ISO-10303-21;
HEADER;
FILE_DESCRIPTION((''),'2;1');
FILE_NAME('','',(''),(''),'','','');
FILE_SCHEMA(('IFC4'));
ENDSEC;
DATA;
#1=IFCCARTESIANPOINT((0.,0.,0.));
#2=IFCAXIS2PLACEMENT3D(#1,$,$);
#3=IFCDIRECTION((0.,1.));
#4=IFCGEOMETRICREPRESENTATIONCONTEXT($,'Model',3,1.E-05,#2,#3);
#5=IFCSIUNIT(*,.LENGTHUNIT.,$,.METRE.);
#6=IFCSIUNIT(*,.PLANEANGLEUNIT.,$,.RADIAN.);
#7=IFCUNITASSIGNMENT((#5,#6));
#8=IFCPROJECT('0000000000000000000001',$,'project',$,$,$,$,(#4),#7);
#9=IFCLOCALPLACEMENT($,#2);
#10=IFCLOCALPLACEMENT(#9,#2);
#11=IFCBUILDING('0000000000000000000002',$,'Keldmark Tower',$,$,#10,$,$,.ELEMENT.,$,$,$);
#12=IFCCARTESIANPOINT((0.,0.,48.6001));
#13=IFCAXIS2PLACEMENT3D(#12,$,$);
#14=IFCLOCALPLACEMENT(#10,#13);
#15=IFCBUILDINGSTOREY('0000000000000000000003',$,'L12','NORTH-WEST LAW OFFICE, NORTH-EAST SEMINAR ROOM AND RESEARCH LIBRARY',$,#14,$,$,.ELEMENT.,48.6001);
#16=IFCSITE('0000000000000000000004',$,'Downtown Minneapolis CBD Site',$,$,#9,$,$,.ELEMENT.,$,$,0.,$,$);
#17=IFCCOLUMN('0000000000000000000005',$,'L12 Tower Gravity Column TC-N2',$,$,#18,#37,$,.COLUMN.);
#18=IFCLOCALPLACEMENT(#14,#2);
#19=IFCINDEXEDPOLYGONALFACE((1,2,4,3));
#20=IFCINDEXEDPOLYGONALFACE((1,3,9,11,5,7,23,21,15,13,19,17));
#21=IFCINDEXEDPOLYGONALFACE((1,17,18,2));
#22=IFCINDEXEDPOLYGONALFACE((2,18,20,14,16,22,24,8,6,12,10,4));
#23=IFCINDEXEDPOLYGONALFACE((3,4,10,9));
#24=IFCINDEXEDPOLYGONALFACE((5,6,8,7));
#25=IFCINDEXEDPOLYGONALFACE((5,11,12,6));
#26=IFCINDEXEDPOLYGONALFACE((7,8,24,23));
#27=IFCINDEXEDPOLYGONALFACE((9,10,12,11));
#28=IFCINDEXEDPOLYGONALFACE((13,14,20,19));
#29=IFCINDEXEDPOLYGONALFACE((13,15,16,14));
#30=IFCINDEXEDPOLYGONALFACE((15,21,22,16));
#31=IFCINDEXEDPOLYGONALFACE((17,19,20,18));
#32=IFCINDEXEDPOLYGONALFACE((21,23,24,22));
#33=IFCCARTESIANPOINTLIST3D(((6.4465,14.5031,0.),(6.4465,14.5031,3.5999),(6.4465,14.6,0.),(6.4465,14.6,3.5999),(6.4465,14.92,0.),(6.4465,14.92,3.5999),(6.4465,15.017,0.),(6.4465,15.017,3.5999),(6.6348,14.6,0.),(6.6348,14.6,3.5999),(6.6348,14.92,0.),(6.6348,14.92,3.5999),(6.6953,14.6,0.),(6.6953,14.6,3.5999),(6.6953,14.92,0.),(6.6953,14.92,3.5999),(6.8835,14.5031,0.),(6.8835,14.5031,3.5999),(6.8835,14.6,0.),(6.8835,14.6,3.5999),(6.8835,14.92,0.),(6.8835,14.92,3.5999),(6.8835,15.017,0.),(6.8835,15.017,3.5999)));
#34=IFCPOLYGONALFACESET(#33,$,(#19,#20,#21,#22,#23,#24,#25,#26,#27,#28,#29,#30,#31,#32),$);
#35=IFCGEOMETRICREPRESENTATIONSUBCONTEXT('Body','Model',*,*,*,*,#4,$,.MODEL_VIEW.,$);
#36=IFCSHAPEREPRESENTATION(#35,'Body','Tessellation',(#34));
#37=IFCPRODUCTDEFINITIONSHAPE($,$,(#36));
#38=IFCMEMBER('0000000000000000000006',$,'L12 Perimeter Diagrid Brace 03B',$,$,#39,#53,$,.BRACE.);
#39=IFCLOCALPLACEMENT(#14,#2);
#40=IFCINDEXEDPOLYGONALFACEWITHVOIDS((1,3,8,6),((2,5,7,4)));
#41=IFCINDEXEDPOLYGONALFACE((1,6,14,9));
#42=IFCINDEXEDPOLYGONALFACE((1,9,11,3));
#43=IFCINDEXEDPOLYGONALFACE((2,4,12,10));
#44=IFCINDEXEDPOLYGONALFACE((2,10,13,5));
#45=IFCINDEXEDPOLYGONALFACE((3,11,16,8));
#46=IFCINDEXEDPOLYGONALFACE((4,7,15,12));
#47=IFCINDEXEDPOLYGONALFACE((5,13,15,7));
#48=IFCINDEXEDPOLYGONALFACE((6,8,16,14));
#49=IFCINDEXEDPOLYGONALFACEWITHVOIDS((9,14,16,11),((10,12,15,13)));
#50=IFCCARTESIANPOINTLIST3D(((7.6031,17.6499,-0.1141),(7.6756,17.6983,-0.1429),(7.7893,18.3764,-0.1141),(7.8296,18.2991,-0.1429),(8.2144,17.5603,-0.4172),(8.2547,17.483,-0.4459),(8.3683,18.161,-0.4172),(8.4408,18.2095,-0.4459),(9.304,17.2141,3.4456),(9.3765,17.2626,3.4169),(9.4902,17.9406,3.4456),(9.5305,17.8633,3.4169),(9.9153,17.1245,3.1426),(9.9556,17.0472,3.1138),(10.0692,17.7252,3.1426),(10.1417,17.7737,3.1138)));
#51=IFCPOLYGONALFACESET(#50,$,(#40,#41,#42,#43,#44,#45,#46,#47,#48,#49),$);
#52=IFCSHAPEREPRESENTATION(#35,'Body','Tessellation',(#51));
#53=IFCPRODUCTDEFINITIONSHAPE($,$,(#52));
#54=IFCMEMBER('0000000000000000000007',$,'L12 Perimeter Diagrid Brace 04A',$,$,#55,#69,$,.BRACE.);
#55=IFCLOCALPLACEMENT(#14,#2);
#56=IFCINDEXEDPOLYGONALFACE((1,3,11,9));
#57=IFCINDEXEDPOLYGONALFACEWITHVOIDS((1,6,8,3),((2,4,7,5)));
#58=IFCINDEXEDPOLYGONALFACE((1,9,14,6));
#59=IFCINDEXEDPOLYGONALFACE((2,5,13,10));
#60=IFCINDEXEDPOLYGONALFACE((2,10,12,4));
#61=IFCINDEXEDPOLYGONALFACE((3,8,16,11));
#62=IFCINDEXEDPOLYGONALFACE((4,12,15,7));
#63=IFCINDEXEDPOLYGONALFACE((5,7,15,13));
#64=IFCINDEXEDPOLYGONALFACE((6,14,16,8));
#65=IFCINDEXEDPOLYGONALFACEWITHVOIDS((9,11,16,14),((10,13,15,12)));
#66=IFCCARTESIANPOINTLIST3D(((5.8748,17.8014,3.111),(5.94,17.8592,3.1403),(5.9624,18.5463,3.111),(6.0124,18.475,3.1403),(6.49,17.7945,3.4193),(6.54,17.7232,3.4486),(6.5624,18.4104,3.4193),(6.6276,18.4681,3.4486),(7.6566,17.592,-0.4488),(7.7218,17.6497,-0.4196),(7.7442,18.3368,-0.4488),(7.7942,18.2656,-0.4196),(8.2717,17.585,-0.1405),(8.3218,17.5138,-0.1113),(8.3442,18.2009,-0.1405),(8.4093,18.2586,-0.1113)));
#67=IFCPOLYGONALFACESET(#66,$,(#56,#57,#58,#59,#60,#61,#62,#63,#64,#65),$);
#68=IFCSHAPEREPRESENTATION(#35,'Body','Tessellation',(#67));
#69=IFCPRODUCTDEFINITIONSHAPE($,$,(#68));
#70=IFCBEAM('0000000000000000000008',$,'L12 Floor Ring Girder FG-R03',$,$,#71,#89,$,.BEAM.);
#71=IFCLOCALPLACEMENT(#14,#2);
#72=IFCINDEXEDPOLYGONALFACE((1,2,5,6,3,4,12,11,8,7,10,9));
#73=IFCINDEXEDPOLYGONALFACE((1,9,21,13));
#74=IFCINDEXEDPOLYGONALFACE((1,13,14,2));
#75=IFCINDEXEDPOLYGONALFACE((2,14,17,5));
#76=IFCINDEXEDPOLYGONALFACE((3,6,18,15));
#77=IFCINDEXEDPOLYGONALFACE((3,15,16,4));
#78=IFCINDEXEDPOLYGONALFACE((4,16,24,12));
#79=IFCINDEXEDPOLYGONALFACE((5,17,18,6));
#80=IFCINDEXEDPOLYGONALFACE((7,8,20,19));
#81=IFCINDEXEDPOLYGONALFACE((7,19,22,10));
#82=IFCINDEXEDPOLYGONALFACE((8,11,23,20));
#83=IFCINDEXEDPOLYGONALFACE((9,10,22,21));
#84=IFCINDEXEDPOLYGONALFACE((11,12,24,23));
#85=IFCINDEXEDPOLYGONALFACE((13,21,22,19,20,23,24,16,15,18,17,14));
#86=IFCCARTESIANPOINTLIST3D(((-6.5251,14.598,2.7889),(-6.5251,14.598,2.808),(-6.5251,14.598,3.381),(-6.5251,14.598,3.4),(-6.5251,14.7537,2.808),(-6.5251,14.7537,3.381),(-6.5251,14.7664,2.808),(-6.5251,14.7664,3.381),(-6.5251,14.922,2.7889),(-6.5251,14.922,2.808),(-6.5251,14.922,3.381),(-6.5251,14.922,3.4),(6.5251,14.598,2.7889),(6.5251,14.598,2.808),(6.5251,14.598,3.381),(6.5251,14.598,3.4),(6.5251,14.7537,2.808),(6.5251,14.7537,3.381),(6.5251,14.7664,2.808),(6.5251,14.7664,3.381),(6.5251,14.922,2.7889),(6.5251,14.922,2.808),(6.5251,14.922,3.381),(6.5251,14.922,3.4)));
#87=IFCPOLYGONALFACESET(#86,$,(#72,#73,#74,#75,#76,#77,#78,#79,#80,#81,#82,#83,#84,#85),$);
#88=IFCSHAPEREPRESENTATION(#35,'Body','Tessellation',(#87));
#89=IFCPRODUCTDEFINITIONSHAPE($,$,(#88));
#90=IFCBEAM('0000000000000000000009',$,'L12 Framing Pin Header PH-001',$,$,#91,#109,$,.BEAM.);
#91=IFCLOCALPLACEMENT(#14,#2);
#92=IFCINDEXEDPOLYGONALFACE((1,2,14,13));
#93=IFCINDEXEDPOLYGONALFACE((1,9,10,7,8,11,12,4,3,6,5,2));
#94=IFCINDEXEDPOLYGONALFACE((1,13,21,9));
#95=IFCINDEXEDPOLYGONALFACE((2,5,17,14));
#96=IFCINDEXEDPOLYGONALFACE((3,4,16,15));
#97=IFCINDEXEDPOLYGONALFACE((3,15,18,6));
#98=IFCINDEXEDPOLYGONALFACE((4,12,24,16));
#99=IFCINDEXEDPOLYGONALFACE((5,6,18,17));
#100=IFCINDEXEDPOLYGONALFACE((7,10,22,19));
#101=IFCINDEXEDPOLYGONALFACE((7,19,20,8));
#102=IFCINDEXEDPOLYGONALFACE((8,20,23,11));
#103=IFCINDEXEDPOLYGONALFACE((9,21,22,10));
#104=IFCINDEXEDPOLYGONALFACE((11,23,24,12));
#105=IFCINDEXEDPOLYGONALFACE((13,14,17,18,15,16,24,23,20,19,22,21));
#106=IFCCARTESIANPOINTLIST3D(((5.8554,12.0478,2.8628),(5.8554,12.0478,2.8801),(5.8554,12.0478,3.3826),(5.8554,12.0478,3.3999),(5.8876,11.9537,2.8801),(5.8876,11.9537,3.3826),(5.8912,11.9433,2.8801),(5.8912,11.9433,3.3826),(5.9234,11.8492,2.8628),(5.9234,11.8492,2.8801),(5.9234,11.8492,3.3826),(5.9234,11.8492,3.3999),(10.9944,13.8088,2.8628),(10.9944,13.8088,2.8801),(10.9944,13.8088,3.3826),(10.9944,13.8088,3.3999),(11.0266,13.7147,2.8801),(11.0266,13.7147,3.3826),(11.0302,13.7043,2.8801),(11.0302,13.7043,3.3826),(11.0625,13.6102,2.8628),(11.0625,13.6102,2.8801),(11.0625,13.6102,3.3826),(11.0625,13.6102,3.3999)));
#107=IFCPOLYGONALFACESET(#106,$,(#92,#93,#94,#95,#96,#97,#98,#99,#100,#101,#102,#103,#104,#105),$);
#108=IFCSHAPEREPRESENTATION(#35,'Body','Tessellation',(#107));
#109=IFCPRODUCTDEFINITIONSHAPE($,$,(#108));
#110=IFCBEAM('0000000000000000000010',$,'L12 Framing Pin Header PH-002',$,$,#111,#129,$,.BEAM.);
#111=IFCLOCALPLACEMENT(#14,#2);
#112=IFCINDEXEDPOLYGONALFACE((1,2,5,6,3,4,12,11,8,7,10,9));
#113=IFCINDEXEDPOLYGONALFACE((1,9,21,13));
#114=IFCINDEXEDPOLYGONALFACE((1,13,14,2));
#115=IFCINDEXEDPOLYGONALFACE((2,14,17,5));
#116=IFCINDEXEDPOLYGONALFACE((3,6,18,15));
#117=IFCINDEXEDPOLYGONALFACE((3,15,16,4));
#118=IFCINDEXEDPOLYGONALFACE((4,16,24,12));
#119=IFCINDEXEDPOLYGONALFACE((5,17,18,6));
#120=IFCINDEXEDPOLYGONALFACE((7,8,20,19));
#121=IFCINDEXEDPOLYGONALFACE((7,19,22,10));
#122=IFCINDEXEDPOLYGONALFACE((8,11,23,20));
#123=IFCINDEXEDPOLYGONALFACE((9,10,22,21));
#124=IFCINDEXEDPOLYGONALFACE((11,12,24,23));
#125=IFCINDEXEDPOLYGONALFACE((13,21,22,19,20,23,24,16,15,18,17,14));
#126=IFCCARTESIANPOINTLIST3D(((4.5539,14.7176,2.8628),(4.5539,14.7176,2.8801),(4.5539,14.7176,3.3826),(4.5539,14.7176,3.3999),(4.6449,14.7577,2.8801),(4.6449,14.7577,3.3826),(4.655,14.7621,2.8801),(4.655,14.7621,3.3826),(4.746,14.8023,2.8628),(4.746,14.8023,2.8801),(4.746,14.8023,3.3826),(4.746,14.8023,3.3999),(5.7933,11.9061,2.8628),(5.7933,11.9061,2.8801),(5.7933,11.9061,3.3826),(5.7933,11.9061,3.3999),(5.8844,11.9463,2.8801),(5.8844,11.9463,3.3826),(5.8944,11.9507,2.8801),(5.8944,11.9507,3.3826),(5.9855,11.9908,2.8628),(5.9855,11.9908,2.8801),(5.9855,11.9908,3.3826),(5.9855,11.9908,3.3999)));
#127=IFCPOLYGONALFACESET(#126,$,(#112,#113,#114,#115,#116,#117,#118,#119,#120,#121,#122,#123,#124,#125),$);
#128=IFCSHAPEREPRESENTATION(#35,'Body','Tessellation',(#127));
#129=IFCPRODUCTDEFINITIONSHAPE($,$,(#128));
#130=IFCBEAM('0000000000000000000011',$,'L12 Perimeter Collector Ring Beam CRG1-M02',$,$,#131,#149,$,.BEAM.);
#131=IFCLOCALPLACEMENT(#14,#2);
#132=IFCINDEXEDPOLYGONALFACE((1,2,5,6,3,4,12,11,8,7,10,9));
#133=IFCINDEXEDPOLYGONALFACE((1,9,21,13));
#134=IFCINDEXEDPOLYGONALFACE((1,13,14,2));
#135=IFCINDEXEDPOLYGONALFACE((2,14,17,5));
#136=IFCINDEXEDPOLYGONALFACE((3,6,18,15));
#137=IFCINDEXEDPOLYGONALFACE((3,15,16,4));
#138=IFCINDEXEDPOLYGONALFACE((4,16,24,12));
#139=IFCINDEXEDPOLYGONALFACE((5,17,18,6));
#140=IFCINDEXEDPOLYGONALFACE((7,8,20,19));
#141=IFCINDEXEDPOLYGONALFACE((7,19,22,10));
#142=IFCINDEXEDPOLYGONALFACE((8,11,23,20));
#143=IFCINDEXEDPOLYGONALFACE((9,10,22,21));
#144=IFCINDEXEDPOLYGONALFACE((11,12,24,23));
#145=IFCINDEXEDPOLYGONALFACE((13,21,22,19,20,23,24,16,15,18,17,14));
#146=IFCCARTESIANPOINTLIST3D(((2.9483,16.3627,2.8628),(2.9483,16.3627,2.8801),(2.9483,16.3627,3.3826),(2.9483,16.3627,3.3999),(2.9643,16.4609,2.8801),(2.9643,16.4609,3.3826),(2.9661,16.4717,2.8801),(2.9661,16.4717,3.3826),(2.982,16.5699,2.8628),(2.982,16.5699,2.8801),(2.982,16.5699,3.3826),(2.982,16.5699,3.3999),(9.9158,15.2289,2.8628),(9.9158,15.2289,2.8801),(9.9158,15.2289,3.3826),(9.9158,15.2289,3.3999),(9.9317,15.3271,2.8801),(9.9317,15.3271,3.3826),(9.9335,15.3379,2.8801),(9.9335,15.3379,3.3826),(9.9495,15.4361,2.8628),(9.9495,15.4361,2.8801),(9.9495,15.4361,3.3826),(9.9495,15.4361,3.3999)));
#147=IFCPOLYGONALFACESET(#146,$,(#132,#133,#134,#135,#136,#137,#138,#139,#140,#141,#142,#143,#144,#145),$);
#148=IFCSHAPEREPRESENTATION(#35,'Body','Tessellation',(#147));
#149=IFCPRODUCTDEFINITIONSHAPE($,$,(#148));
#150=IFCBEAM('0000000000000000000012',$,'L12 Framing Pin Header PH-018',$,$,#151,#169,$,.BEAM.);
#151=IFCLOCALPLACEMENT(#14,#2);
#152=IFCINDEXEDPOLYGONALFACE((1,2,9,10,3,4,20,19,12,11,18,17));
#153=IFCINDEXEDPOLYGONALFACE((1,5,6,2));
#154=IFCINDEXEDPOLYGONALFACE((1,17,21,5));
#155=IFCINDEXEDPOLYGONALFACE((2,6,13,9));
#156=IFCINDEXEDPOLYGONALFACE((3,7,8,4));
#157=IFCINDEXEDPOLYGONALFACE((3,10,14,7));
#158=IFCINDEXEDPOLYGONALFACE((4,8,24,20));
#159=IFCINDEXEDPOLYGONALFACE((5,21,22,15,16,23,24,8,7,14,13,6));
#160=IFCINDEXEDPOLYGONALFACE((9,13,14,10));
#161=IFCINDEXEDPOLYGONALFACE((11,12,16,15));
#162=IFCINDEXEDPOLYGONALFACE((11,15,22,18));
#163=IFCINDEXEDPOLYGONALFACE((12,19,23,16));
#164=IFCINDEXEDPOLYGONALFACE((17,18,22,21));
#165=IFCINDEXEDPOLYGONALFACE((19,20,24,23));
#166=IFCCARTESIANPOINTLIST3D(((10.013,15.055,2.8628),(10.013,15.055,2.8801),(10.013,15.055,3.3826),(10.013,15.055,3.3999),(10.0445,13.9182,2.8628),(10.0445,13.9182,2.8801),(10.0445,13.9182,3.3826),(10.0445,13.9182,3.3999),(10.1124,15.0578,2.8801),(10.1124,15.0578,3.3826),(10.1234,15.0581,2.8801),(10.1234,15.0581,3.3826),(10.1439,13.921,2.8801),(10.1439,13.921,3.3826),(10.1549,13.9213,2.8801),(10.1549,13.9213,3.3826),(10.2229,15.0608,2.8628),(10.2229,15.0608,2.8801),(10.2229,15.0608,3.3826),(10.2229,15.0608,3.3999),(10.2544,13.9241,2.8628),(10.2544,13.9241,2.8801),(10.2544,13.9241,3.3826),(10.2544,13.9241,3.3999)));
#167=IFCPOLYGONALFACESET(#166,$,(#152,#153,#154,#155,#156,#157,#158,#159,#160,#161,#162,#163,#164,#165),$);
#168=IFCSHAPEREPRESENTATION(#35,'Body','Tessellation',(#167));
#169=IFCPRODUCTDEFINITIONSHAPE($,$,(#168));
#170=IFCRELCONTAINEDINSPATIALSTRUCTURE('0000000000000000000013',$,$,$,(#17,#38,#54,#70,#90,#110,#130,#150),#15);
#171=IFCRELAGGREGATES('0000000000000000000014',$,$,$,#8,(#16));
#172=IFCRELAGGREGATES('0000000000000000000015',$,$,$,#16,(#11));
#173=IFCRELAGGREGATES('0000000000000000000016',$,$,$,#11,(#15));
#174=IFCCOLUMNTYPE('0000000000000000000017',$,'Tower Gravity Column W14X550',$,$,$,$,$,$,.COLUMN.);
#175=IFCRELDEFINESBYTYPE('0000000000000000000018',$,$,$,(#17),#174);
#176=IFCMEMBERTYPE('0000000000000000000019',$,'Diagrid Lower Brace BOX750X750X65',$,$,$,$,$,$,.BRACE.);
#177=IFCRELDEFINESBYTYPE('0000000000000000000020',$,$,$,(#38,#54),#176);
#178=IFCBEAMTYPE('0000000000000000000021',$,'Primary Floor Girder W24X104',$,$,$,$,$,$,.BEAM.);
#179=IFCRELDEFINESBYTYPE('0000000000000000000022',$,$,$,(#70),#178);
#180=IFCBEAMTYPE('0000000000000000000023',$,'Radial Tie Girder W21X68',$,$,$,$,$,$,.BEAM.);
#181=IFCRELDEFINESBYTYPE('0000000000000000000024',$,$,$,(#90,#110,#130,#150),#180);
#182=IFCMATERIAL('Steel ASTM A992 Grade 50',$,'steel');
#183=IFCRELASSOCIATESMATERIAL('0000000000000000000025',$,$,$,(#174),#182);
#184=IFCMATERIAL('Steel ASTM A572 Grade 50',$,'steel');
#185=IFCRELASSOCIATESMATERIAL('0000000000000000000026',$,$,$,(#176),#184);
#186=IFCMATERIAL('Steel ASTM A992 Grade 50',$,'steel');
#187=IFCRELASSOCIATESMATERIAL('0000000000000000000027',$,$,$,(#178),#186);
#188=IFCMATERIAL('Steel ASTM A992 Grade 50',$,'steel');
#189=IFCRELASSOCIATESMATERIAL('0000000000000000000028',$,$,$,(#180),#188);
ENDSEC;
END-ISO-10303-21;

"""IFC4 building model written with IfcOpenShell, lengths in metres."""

from ifc_helpers import new_model, si_unit, direction, frame, origin, origin_2d, place, context, subcontext, project, spatial, hollow_rectangle, i_section, extrude, material, material_profile, profile_set, type_object, element, save


model = new_model("IFC4")

# Units and contexts
model_context = context("Model", 3, precision=1e-05, world=origin(), true_north=direction((0.0, 1.0)))
body_context = subcontext(model_context, "Body", "Model", "MODEL_VIEW")
ifc_project = project(units=[si_unit("LENGTHUNIT", "METRE"), si_unit("PLANEANGLEUNIT", "RADIAN")], contexts=[model_context])

# Site, building, storey
site_placement = place(None, origin())
site = spatial("IfcSite", under=ifc_project, at=site_placement, Name="Downtown Minneapolis CBD Site", CompositionType="ELEMENT", RefElevation=0.0)
building_placement = place(site_placement, origin())
building = spatial("IfcBuilding", under=site, at=building_placement, Name="Keldmark Tower", CompositionType="ELEMENT")
storey_placement = place(building_placement, frame((0.0, 0.0, 48.6001)))
storey = spatial("IfcBuildingStorey", under=building, at=storey_placement, Name="L12", Description="NORTH-WEST LAW OFFICE, NORTH-EAST SEMINAR ROOM AND RESEARCH LIBRARY", CompositionType="ELEMENT", Elevation=48.6001)

# Column
ifc_material_1 = material(Name="Steel ASTM A992 Grade 50", Category="steel")
ifc_material_profile_1 = material_profile(ifc_material_1, i_section(OverallWidth=0.437, OverallDepth=0.5139, WebThickness=0.0605, FlangeThickness=0.0969, at=origin_2d()), Name="W14X550")
ifc_profile_set_1 = profile_set([ifc_material_profile_1], Name="Steel ASTM A992 Grade 50")
column_type = type_object("IfcColumnType", Name="Tower Gravity Column W14X550", PredefinedType="COLUMN", material=ifc_profile_set_1)
column_placement = place(storey_placement, frame((6.665, 14.76, 0.0), z_axis=(0.0, 0.0, 1.0), x_axis=(1.0, 0.0, 0.0)))
element("IfcColumn", 1, at=column_placement, inside=storey, type_object=column_type, Name="L12 Tower Gravity Column TC-N2", PredefinedType="COLUMN", context=body_context, shape_type="SweptSolid", body=[
    extrude(i_section(OverallWidth=0.437, OverallDepth=0.5139, WebThickness=0.0605, FlangeThickness=0.0969, at=origin_2d()), origin(), (0.0, 0.0, 1.0), 3.5999),
])

# Members
ifc_material_2 = material(Name="Steel ASTM A572 Grade 50", Category="steel")
ifc_material_profile_2 = material_profile(ifc_material_2, hollow_rectangle(XDim=0.75, YDim=0.75, WallThickness=0.0649, at=origin_2d()), Name="BOX750X750X65")
ifc_profile_set_2 = profile_set([ifc_material_profile_2], Name="Steel ASTM A572 Grade 50")
member_type = type_object("IfcMemberType", Name="Diagrid Lower Brace BOX750X750X65", PredefinedType="BRACE", material=ifc_profile_set_2)
member_1_placement = place(storey_placement, frame((8.022, 17.9297, -0.28), z_axis=(0.428521, -0.10979, 0.896837), x_axis=(0.248191, 0.968711, 0.0)))
element("IfcMember", 2, at=member_1_placement, inside=storey, type_object=member_type, Name="L12 Perimeter Diagrid Brace 03B", PredefinedType="BRACE", context=body_context, shape_type="SweptSolid", body=[
    extrude(hollow_rectangle(XDim=0.75, YDim=0.75, WallThickness=0.0649, at=origin_2d()), origin(), (0.0, 0.0, 1.0), 3.9692),
])
member_2_placement = place(storey_placement, frame((8.033, 17.9253, -0.28), z_axis=(-0.446963, 0.052548, 0.893008), x_axis=(-0.116762, -0.99316, 0.0)))
element("IfcMember", 3, at=member_2_placement, inside=storey, type_object=member_type, Name="L12 Perimeter Diagrid Brace 04A", PredefinedType="BRACE", context=body_context, shape_type="SweptSolid", body=[
    extrude(hollow_rectangle(XDim=0.75, YDim=0.75, WallThickness=0.0649, at=origin_2d()), origin(), (0.0, 0.0, 1.0), 3.9863),
])

# Beams
ifc_material_3 = material(Name="Steel ASTM A992 Grade 50", Category="steel")
ifc_material_profile_3 = material_profile(ifc_material_3, i_section(OverallWidth=0.324, OverallDepth=0.6111, WebThickness=0.0127, FlangeThickness=0.019, at=origin_2d()), Name="W24X104")
ifc_profile_set_3 = profile_set([ifc_material_profile_3], Name="Steel ASTM A992 Grade 50")
beam_type_1 = type_object("IfcBeamType", Name="Primary Floor Girder W24X104", PredefinedType="BEAM", material=ifc_profile_set_3)
beam_1_placement = place(storey_placement, frame((6.5251, 14.76, 3.0945), z_axis=(-1.0, 0.0, 0.0), x_axis=(0.0, -1.0, 0.0)))
element("IfcBeam", 4, at=beam_1_placement, inside=storey, type_object=beam_type_1, Name="L12 Floor Ring Girder FG-R03", PredefinedType="BEAM", context=body_context, shape_type="SweptSolid", body=[
    extrude(i_section(OverallWidth=0.324, OverallDepth=0.6111, WebThickness=0.0127, FlangeThickness=0.019, at=origin_2d()), origin(), (0.0, 0.0, 1.0), 13.0503),
])
ifc_material_4 = material(Name="Steel ASTM A992 Grade 50", Category="steel")
ifc_material_profile_4 = material_profile(ifc_material_4, i_section(OverallWidth=0.21, OverallDepth=0.5371, WebThickness=0.011, FlangeThickness=0.0173, at=origin_2d()), Name="W21X68")
ifc_profile_set_4 = profile_set([ifc_material_profile_4], Name="Steel ASTM A992 Grade 50")
beam_type_2 = type_object("IfcBeamType", Name="Radial Tie Girder W21X68", PredefinedType="BEAM", material=ifc_profile_set_4)
beam_2_placement = place(storey_placement, frame((5.8894, 11.9485, 3.1313), z_axis=(0.945998, 0.324172, 0.0), x_axis=(-0.324172, 0.945998, 0.0)))
element("IfcBeam", 5, at=beam_2_placement, inside=storey, type_object=beam_type_2, Name="L12 Framing Pin Header PH-001", PredefinedType="BEAM", context=body_context, shape_type="SweptSolid", body=[
    extrude(i_section(OverallWidth=0.21, OverallDepth=0.5371, WebThickness=0.011, FlangeThickness=0.0173, at=origin_2d()), origin(), (0.0, 0.0, 1.0), 5.4324),
])
beam_3_placement = place(storey_placement, frame((5.8894, 11.9485, 3.1313), z_axis=(-0.403402, 0.915023, 0.0), x_axis=(-0.915023, -0.403402, 0.0)))
element("IfcBeam", 6, at=beam_3_placement, inside=storey, type_object=beam_type_2, Name="L12 Framing Pin Header PH-002", PredefinedType="BEAM", context=body_context, shape_type="SweptSolid", body=[
    extrude(i_section(OverallWidth=0.21, OverallDepth=0.5371, WebThickness=0.011, FlangeThickness=0.0173, at=origin_2d()), origin(), (0.0, 0.0, 1.0), 3.0725),
])
beam_4_placement = place(storey_placement, frame((9.9326, 15.3325, 3.1313), z_axis=(-0.987018, 0.160612, 0.0), x_axis=(-0.160612, -0.987018, 0.0)))
element("IfcBeam", 7, at=beam_4_placement, inside=storey, type_object=beam_type_2, Name="L12 Perimeter Collector Ring Beam CRG1-M02", PredefinedType="BEAM", context=body_context, shape_type="SweptSolid", body=[
    extrude(i_section(OverallWidth=0.21, OverallDepth=0.5371, WebThickness=0.011, FlangeThickness=0.0173, at=origin_2d()), origin(), (0.0, 0.0, 1.0), 7.0591),
])
beam_5_placement = place(storey_placement, frame((10.1494, 13.9211, 3.1313), z_axis=(-0.027696, 0.999616, 0.0), x_axis=(-0.999616, -0.027696, 0.0)))
element("IfcBeam", 8, at=beam_5_placement, inside=storey, type_object=beam_type_2, Name="L12 Framing Pin Header PH-018", PredefinedType="BEAM", context=body_context, shape_type="SweptSolid", body=[
    extrude(i_section(OverallWidth=0.21, OverallDepth=0.5371, WebThickness=0.011, FlangeThickness=0.0173, at=origin_2d()), origin(), (0.0, 0.0, 1.0), 1.1372),
])

save(model, "model.ifc")
